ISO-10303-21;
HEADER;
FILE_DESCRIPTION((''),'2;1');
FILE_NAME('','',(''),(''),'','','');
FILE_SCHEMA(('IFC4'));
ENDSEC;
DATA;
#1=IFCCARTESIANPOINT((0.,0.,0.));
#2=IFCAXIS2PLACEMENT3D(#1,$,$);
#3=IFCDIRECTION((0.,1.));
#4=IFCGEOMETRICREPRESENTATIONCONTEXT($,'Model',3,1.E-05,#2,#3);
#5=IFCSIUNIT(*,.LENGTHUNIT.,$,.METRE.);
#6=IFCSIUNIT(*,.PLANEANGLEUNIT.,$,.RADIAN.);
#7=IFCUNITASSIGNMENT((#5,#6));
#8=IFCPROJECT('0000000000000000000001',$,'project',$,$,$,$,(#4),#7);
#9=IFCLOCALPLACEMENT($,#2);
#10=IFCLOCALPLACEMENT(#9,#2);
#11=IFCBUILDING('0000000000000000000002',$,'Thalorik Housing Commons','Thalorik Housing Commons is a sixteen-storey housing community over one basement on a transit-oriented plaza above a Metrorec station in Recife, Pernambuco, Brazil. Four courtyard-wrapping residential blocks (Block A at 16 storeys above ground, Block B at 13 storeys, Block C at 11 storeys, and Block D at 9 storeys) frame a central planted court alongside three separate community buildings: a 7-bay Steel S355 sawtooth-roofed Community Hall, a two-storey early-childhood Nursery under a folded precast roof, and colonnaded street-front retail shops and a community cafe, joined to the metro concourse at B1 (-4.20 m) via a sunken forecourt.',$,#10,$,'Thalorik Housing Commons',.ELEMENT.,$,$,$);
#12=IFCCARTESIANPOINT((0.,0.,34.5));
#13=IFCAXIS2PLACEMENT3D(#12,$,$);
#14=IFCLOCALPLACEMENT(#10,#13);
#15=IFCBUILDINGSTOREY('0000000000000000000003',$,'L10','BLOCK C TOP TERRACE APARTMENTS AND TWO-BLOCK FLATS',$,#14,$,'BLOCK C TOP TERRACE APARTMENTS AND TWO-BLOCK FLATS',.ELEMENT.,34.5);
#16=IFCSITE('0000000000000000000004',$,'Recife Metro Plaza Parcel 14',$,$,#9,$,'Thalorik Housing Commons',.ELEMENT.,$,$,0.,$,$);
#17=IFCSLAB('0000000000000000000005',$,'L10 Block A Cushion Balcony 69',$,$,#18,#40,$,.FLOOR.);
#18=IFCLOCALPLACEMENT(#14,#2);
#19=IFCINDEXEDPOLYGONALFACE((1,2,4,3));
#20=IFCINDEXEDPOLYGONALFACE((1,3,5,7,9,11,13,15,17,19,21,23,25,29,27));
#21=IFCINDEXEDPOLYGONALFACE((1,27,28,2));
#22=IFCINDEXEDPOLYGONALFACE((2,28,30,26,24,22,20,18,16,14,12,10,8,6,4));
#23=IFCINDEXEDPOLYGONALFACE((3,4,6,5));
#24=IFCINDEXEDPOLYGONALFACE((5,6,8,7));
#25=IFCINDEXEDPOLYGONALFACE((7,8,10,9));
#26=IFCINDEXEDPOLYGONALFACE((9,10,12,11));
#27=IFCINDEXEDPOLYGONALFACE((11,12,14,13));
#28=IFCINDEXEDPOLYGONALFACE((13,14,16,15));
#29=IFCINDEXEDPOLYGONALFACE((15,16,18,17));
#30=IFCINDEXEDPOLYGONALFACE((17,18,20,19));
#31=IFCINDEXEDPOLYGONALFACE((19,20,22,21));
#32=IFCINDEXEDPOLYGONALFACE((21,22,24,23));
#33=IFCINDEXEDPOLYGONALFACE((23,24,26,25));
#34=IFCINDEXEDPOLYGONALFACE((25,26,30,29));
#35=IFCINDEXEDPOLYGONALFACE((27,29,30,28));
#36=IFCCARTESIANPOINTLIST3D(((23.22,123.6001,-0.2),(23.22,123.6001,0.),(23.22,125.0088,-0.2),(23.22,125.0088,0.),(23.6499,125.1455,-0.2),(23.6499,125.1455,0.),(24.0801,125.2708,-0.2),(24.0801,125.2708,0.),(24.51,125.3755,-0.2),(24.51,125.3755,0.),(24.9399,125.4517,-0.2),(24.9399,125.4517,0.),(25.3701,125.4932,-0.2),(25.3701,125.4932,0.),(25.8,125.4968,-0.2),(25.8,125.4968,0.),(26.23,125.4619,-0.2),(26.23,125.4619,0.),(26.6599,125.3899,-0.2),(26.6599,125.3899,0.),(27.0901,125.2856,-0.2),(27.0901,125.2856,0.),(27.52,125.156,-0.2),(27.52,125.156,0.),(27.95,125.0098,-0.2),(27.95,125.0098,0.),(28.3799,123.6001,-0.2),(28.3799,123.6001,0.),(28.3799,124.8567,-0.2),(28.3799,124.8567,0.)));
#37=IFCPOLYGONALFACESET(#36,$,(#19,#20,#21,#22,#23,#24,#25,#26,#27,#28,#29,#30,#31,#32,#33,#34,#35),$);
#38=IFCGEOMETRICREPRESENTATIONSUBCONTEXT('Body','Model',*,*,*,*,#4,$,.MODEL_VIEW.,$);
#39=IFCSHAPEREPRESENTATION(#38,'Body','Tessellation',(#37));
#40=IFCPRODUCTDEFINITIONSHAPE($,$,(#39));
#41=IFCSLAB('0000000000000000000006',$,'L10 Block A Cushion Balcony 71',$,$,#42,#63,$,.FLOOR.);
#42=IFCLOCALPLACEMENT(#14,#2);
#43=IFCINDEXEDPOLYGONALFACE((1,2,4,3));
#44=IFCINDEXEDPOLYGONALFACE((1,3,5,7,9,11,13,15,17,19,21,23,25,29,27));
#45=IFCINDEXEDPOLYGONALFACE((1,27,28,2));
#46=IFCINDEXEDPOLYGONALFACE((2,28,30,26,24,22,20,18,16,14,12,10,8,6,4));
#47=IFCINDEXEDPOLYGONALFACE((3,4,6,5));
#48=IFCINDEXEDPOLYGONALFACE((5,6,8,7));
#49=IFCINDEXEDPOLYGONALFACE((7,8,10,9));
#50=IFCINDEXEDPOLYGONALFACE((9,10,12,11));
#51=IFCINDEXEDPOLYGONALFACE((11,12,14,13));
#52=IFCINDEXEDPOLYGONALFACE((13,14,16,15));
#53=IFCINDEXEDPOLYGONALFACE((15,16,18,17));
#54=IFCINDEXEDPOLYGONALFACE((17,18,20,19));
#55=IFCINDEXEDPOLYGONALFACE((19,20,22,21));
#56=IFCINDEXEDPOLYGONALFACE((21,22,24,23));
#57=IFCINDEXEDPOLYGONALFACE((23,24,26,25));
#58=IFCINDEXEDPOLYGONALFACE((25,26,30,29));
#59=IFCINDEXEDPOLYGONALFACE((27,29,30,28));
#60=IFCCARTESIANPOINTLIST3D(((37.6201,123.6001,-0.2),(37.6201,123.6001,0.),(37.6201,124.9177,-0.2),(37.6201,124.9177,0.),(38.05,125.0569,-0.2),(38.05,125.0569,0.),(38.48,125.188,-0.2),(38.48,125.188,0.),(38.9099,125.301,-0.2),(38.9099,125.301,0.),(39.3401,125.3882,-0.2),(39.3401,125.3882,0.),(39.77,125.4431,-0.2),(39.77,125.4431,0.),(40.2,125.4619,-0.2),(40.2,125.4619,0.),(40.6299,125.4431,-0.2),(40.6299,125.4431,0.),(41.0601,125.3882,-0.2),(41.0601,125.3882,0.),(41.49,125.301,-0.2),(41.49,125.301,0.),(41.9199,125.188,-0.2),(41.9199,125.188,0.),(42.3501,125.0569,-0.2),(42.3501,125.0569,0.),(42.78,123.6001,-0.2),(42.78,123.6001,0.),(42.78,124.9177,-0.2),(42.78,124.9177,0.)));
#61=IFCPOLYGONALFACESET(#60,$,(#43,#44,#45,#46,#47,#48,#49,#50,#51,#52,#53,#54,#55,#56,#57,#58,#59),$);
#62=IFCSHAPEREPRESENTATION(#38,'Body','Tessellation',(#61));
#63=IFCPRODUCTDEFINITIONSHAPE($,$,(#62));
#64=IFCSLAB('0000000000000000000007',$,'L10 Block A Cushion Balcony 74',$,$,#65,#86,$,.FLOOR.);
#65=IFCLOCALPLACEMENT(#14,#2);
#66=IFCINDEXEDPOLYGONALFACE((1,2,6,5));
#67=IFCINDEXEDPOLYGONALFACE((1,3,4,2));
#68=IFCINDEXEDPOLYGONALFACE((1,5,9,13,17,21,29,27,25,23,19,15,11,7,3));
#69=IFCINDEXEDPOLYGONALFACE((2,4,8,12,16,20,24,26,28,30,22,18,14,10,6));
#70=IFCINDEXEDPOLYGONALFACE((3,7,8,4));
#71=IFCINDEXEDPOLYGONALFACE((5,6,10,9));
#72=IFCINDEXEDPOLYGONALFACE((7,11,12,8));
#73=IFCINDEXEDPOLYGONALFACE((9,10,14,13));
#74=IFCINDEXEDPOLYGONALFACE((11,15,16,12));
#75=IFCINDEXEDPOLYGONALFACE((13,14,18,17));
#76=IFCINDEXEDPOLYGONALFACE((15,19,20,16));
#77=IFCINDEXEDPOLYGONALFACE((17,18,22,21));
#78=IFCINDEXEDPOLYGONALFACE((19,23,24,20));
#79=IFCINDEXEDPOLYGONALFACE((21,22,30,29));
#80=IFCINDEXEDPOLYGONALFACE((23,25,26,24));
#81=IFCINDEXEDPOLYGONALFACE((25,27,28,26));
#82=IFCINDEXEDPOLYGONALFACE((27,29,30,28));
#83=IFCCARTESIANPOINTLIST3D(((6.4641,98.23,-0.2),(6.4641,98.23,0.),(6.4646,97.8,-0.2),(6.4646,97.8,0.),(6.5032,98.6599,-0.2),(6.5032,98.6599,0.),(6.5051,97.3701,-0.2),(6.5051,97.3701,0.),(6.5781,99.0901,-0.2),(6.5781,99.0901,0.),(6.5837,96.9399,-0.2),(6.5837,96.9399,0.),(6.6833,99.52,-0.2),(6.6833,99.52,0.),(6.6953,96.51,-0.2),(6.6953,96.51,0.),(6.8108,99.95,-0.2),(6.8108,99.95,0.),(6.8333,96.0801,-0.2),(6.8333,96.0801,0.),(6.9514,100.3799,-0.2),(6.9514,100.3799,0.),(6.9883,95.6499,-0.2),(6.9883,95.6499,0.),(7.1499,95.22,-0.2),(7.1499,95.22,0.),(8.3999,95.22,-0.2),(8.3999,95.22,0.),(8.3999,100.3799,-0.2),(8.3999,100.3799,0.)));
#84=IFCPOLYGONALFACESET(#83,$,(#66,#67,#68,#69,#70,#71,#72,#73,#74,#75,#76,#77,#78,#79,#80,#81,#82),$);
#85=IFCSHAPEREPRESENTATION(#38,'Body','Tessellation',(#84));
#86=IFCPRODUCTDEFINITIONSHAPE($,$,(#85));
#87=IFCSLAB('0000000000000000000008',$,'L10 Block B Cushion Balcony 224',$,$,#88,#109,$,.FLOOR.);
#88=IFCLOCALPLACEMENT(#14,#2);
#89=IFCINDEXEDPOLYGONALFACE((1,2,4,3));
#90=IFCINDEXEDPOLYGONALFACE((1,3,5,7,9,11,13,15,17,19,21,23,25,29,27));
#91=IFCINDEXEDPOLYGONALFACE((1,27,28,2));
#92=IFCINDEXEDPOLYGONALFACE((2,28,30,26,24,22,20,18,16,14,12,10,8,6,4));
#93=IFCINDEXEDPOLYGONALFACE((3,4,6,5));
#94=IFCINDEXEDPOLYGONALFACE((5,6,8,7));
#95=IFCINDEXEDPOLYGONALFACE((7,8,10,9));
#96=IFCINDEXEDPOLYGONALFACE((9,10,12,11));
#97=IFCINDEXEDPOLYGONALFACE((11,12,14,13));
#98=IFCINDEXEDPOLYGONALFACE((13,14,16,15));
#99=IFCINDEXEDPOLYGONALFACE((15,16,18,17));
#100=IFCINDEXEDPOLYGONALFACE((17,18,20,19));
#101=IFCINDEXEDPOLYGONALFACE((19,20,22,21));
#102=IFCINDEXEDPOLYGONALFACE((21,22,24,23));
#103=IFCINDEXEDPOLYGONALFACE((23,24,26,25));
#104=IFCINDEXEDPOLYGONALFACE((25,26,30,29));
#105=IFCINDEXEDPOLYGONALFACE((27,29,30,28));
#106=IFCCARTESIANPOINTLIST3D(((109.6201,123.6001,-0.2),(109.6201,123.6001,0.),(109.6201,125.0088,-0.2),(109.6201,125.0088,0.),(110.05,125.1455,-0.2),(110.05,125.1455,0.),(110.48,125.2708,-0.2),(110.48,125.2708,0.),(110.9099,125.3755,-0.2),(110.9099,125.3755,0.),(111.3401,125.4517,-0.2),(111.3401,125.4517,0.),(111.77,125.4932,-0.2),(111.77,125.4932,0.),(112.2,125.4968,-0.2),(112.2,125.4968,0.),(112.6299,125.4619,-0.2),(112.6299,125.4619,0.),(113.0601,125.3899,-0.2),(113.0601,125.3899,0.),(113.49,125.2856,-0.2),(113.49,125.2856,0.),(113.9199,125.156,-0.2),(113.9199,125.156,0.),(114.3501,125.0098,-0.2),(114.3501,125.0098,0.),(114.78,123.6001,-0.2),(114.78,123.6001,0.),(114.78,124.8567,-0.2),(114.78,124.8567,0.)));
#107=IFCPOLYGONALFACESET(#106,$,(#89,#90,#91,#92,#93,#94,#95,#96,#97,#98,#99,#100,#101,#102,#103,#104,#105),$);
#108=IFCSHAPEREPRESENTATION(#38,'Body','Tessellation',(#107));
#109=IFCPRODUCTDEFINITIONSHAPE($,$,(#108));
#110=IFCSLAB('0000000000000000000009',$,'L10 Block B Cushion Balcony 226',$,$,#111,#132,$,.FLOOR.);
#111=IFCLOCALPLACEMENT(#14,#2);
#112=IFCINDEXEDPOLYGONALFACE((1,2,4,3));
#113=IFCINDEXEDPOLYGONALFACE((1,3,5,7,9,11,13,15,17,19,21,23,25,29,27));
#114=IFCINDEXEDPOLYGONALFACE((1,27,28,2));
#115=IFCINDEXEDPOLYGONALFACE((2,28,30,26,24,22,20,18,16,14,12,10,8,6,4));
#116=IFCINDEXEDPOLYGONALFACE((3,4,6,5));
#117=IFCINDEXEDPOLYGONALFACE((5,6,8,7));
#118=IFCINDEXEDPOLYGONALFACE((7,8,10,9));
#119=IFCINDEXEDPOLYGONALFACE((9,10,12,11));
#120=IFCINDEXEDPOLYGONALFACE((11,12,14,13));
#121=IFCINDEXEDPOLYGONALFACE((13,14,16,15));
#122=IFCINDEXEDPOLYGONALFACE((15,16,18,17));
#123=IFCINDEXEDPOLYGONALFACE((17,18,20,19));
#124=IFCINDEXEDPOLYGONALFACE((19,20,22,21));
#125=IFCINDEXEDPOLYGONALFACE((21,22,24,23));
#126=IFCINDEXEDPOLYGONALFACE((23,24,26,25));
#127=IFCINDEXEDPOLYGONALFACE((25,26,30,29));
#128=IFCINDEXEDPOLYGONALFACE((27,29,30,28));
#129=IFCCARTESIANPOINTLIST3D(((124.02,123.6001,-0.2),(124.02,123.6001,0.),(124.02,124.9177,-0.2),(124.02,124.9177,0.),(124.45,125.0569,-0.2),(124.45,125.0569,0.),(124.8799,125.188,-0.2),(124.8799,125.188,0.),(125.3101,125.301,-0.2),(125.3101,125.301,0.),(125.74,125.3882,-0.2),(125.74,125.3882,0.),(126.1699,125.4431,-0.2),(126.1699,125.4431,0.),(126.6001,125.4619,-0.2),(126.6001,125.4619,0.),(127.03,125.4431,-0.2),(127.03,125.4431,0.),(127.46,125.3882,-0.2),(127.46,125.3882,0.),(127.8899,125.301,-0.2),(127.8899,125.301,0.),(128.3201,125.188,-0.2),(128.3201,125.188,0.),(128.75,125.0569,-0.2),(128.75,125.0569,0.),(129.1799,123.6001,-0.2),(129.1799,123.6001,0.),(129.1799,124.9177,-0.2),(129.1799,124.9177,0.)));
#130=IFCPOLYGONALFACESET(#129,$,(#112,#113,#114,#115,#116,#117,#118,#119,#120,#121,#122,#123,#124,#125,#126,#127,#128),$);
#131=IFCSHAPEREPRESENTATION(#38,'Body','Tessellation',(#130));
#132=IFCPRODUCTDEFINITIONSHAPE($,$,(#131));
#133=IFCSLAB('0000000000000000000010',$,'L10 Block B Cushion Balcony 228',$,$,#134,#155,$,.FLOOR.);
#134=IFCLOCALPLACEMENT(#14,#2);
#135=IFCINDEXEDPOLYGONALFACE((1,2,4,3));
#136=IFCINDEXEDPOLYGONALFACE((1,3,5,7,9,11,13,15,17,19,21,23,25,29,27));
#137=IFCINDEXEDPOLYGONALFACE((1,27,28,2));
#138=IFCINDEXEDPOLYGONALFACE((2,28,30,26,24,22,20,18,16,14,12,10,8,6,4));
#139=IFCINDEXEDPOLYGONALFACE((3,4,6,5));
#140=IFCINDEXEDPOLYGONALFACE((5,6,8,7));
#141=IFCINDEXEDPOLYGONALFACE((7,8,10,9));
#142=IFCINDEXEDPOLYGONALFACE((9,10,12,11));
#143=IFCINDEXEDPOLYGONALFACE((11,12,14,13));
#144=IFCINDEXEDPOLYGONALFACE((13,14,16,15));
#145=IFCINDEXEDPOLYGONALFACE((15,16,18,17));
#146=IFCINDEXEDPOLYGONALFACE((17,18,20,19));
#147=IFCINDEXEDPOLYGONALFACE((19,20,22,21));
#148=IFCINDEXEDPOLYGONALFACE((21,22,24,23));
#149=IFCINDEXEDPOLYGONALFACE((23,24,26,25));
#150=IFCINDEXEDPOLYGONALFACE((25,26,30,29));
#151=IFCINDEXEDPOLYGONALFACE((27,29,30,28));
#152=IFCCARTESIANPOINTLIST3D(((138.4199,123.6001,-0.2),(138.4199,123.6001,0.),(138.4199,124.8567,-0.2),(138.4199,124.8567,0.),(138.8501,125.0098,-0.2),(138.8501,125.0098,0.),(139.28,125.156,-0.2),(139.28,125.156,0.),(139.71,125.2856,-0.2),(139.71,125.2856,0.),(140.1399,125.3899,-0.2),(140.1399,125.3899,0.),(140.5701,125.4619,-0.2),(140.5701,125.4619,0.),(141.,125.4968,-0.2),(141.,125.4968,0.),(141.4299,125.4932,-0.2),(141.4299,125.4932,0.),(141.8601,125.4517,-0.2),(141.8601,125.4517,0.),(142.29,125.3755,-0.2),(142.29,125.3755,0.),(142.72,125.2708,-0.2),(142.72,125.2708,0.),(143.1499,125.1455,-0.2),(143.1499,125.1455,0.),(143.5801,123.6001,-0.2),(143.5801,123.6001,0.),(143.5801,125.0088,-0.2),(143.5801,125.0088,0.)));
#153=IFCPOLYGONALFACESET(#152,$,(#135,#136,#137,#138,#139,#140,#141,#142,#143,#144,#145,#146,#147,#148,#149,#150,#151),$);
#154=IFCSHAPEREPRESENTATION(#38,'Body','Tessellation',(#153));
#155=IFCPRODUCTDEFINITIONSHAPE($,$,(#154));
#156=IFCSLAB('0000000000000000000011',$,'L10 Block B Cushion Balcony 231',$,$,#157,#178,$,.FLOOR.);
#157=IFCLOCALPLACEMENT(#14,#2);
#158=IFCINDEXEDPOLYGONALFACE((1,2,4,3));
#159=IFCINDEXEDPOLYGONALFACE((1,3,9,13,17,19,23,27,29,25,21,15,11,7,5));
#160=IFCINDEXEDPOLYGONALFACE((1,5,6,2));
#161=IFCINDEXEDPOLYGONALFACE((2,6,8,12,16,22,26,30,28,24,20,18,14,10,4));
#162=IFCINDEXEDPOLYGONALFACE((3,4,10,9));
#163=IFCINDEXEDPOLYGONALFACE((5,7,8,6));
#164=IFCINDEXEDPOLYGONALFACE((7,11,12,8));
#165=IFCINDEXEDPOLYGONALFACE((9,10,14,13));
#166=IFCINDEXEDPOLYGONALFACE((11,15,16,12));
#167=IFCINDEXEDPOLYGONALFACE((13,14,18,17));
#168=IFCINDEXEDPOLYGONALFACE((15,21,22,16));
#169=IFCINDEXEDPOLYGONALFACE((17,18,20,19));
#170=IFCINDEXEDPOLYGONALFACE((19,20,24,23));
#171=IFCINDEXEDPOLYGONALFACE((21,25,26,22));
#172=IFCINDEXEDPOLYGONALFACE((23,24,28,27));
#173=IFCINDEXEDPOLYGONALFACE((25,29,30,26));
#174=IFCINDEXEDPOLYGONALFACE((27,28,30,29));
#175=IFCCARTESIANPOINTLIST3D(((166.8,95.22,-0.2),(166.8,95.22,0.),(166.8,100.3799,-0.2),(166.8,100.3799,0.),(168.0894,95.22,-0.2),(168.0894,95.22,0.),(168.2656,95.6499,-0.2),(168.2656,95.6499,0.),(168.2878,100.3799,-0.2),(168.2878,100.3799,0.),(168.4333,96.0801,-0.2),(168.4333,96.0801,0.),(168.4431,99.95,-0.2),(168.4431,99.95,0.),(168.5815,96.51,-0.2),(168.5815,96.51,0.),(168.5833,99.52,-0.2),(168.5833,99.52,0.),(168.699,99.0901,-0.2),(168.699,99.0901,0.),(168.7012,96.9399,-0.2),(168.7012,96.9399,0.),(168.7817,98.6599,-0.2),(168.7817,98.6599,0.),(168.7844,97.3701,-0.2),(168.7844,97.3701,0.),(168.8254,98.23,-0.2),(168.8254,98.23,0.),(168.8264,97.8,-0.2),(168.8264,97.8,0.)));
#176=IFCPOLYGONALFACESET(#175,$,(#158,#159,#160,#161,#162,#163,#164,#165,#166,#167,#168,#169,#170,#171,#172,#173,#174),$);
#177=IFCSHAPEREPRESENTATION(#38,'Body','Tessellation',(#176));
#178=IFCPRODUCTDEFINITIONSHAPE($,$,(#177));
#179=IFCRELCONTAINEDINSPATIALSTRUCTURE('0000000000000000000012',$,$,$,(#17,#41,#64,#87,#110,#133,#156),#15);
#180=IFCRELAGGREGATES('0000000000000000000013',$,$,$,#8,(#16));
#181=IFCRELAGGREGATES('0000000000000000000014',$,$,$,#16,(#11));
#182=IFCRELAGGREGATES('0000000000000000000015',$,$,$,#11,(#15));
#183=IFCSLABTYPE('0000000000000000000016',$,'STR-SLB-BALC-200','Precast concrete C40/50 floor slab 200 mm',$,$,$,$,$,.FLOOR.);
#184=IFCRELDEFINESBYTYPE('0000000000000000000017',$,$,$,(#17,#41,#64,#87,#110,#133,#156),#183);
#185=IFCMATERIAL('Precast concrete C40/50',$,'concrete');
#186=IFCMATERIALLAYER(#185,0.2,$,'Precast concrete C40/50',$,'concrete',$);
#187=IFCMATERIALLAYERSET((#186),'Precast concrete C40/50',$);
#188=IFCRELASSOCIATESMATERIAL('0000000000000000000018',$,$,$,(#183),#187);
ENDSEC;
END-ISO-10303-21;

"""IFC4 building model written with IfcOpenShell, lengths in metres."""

from ifc_helpers import new_model, si_unit, direction, frame, origin, place, context, subcontext, project, spatial, polyline, outline, extrude, material, layer, layer_set, type_object, element, save


model = new_model("IFC4")

# Units and contexts
model_context = context("Model", 3, precision=1e-05, world=origin(), true_north=direction((0.0, 1.0)))
body_context = subcontext(model_context, "Body", "Model", "MODEL_VIEW")
ifc_project = project(units=[si_unit("LENGTHUNIT", "METRE"), si_unit("PLANEANGLEUNIT", "RADIAN")], contexts=[model_context])

# Site, building, storey
site_placement = place(None, origin())
site = spatial("IfcSite", under=ifc_project, at=site_placement, Name="Recife Metro Plaza Parcel 14", LongName="Thalorik Housing Commons", CompositionType="ELEMENT", RefElevation=0.0)
building_placement = place(site_placement, origin())
building = spatial("IfcBuilding", under=site, at=building_placement, Name="Thalorik Housing Commons", Description="Thalorik Housing Commons is a sixteen-storey housing community over one basement on a transit-oriented plaza above a Metrorec station in Recife, Pernambuco, Brazil. Four courtyard-wrapping residential blocks (Block A at 16 storeys above ground, Block B at 13 storeys, Block C at 11 storeys, and Block D at 9 storeys) frame a central planted court alongside three separate community buildings: a 7-bay Steel S355 sawtooth-roofed Community Hall, a two-storey early-childhood Nursery under a folded precast roof, and colonnaded street-front retail shops and a community cafe, joined to the metro concourse at B1 (-4.20 m) via a sunken forecourt.", LongName="Thalorik Housing Commons", CompositionType="ELEMENT")
storey_placement = place(building_placement, frame((0.0, 0.0, 34.5)))
storey = spatial("IfcBuildingStorey", under=building, at=storey_placement, Name="L10", Description="BLOCK C TOP TERRACE APARTMENTS AND TWO-BLOCK FLATS", LongName="BLOCK C TOP TERRACE APARTMENTS AND TWO-BLOCK FLATS", CompositionType="ELEMENT", Elevation=34.5)

# Slabs
ifc_material_1 = material(Name="Precast concrete C40/50", Category="concrete")
ifc_layer_1 = layer(ifc_material_1, 0.2, Name="Precast concrete C40/50", Category="concrete")
ifc_layer_set_1 = layer_set([ifc_layer_1], Name="Precast concrete C40/50")
slab_type_1 = type_object("IfcSlabType", Name="STR-SLB-BALC-200", Description="Precast concrete C40/50 floor slab 200 mm", PredefinedType="FLOOR", material=ifc_layer_set_1)
slab_1_placement = place(storey_placement, frame((0.0, 0.0, -0.2)))
element("IfcSlab", 1, at=slab_1_placement, inside=storey, type_object=slab_type_1, Name="L10 Block A Cushion Balcony 69", PredefinedType="FLOOR", context=body_context, shape_type="SweptSolid", body=[
    extrude(outline(polyline([(23.22, 123.6001), (28.3799, 123.6001), (28.3799, 124.8567), (27.95, 125.0098), (27.52, 125.156), (27.0901, 125.2856), (26.6599, 125.3899), (26.23, 125.4619), (25.8, 125.4968), (25.3701, 125.4932), (24.9399, 125.4517), (24.51, 125.3755), (24.0801, 125.2708), (23.6499, 125.1455), (23.22, 125.0088), (23.22, 123.6001)])), origin(), (0.0, 0.0, 1.0), 0.2),
])
slab_2_placement = place(storey_placement, frame((0.0, 0.0, -0.2)))
element("IfcSlab", 2, at=slab_2_placement, inside=storey, type_object=slab_type_1, Name="L10 Block A Cushion Balcony 71", PredefinedType="FLOOR", context=body_context, shape_type="SweptSolid", body=[
    extrude(outline(polyline([(37.6201, 123.6001), (42.78, 123.6001), (42.78, 124.9177), (42.3501, 125.0569), (41.9199, 125.188), (41.49, 125.301), (41.0601, 125.3882), (40.6299, 125.4431), (40.2, 125.4619), (39.77, 125.4431), (39.3401, 125.3882), (38.9099, 125.301), (38.48, 125.188), (38.05, 125.0569), (37.6201, 124.9177), (37.6201, 123.6001)])), origin(), (0.0, 0.0, 1.0), 0.2),
])
slab_3_placement = place(storey_placement, frame((0.0, 0.0, -0.2)))
element("IfcSlab", 3, at=slab_3_placement, inside=storey, type_object=slab_type_1, Name="L10 Block A Cushion Balcony 74", PredefinedType="FLOOR", context=body_context, shape_type="SweptSolid", body=[
    extrude(outline(polyline([(8.3999, 95.22), (8.3999, 100.3799), (6.9514, 100.3799), (6.8108, 99.95), (6.6833, 99.52), (6.5781, 99.0901), (6.5032, 98.6599), (6.4641, 98.23), (6.4646, 97.8), (6.5051, 97.3701), (6.5837, 96.9399), (6.6953, 96.51), (6.8333, 96.0801), (6.9883, 95.6499), (7.1499, 95.22), (8.3999, 95.22)])), origin(), (0.0, 0.0, 1.0), 0.2),
])
slab_4_placement = place(storey_placement, frame((0.0, 0.0, -0.2)))
element("IfcSlab", 4, at=slab_4_placement, inside=storey, type_object=slab_type_1, Name="L10 Block B Cushion Balcony 224", PredefinedType="FLOOR", context=body_context, shape_type="SweptSolid", body=[
    extrude(outline(polyline([(109.6201, 123.6001), (114.78, 123.6001), (114.78, 124.8567), (114.3501, 125.0098), (113.9199, 125.156), (113.49, 125.2856), (113.0601, 125.3899), (112.6299, 125.4619), (112.2, 125.4968), (111.77, 125.4932), (111.3401, 125.4517), (110.9099, 125.3755), (110.48, 125.2708), (110.05, 125.1455), (109.6201, 125.0088), (109.6201, 123.6001)])), origin(), (0.0, 0.0, 1.0), 0.2),
])
slab_5_placement = place(storey_placement, frame((0.0, 0.0, -0.2)))
element("IfcSlab", 5, at=slab_5_placement, inside=storey, type_object=slab_type_1, Name="L10 Block B Cushion Balcony 226", PredefinedType="FLOOR", context=body_context, shape_type="SweptSolid", body=[
    extrude(outline(polyline([(124.02, 123.6001), (129.1799, 123.6001), (129.1799, 124.9177), (128.75, 125.0569), (128.3201, 125.188), (127.8899, 125.301), (127.46, 125.3882), (127.03, 125.4431), (126.6001, 125.4619), (126.1699, 125.4431), (125.74, 125.3882), (125.3101, 125.301), (124.8799, 125.188), (124.45, 125.0569), (124.02, 124.9177), (124.02, 123.6001)])), origin(), (0.0, 0.0, 1.0), 0.2),
])
slab_6_placement = place(storey_placement, frame((0.0, 0.0, -0.2)))
element("IfcSlab", 6, at=slab_6_placement, inside=storey, type_object=slab_type_1, Name="L10 Block B Cushion Balcony 228", PredefinedType="FLOOR", context=body_context, shape_type="SweptSolid", body=[
    extrude(outline(polyline([(138.4199, 123.6001), (143.5801, 123.6001), (143.5801, 125.0088), (143.1499, 125.1455), (142.72, 125.2708), (142.29, 125.3755), (141.8601, 125.4517), (141.4299, 125.4932), (141.0, 125.4968), (140.5701, 125.4619), (140.1399, 125.3899), (139.71, 125.2856), (139.28, 125.156), (138.8501, 125.0098), (138.4199, 124.8567), (138.4199, 123.6001)])), origin(), (0.0, 0.0, 1.0), 0.2),
])
slab_7_placement = place(storey_placement, frame((0.0, 0.0, -0.2)))
element("IfcSlab", 7, at=slab_7_placement, inside=storey, type_object=slab_type_1, Name="L10 Block B Cushion Balcony 231", PredefinedType="FLOOR", context=body_context, shape_type="SweptSolid", body=[
    extrude(outline(polyline([(168.0894, 95.22), (168.2656, 95.6499), (168.4333, 96.0801), (168.5815, 96.51), (168.7012, 96.9399), (168.7844, 97.3701), (168.8264, 97.8), (168.8254, 98.23), (168.7817, 98.6599), (168.699, 99.0901), (168.5833, 99.52), (168.4431, 99.95), (168.2878, 100.3799), (166.8, 100.3799), (166.8, 95.22), (168.0894, 95.22)])), origin(), (0.0, 0.0, 1.0), 0.2),
])

save(model, "model.ifc")
